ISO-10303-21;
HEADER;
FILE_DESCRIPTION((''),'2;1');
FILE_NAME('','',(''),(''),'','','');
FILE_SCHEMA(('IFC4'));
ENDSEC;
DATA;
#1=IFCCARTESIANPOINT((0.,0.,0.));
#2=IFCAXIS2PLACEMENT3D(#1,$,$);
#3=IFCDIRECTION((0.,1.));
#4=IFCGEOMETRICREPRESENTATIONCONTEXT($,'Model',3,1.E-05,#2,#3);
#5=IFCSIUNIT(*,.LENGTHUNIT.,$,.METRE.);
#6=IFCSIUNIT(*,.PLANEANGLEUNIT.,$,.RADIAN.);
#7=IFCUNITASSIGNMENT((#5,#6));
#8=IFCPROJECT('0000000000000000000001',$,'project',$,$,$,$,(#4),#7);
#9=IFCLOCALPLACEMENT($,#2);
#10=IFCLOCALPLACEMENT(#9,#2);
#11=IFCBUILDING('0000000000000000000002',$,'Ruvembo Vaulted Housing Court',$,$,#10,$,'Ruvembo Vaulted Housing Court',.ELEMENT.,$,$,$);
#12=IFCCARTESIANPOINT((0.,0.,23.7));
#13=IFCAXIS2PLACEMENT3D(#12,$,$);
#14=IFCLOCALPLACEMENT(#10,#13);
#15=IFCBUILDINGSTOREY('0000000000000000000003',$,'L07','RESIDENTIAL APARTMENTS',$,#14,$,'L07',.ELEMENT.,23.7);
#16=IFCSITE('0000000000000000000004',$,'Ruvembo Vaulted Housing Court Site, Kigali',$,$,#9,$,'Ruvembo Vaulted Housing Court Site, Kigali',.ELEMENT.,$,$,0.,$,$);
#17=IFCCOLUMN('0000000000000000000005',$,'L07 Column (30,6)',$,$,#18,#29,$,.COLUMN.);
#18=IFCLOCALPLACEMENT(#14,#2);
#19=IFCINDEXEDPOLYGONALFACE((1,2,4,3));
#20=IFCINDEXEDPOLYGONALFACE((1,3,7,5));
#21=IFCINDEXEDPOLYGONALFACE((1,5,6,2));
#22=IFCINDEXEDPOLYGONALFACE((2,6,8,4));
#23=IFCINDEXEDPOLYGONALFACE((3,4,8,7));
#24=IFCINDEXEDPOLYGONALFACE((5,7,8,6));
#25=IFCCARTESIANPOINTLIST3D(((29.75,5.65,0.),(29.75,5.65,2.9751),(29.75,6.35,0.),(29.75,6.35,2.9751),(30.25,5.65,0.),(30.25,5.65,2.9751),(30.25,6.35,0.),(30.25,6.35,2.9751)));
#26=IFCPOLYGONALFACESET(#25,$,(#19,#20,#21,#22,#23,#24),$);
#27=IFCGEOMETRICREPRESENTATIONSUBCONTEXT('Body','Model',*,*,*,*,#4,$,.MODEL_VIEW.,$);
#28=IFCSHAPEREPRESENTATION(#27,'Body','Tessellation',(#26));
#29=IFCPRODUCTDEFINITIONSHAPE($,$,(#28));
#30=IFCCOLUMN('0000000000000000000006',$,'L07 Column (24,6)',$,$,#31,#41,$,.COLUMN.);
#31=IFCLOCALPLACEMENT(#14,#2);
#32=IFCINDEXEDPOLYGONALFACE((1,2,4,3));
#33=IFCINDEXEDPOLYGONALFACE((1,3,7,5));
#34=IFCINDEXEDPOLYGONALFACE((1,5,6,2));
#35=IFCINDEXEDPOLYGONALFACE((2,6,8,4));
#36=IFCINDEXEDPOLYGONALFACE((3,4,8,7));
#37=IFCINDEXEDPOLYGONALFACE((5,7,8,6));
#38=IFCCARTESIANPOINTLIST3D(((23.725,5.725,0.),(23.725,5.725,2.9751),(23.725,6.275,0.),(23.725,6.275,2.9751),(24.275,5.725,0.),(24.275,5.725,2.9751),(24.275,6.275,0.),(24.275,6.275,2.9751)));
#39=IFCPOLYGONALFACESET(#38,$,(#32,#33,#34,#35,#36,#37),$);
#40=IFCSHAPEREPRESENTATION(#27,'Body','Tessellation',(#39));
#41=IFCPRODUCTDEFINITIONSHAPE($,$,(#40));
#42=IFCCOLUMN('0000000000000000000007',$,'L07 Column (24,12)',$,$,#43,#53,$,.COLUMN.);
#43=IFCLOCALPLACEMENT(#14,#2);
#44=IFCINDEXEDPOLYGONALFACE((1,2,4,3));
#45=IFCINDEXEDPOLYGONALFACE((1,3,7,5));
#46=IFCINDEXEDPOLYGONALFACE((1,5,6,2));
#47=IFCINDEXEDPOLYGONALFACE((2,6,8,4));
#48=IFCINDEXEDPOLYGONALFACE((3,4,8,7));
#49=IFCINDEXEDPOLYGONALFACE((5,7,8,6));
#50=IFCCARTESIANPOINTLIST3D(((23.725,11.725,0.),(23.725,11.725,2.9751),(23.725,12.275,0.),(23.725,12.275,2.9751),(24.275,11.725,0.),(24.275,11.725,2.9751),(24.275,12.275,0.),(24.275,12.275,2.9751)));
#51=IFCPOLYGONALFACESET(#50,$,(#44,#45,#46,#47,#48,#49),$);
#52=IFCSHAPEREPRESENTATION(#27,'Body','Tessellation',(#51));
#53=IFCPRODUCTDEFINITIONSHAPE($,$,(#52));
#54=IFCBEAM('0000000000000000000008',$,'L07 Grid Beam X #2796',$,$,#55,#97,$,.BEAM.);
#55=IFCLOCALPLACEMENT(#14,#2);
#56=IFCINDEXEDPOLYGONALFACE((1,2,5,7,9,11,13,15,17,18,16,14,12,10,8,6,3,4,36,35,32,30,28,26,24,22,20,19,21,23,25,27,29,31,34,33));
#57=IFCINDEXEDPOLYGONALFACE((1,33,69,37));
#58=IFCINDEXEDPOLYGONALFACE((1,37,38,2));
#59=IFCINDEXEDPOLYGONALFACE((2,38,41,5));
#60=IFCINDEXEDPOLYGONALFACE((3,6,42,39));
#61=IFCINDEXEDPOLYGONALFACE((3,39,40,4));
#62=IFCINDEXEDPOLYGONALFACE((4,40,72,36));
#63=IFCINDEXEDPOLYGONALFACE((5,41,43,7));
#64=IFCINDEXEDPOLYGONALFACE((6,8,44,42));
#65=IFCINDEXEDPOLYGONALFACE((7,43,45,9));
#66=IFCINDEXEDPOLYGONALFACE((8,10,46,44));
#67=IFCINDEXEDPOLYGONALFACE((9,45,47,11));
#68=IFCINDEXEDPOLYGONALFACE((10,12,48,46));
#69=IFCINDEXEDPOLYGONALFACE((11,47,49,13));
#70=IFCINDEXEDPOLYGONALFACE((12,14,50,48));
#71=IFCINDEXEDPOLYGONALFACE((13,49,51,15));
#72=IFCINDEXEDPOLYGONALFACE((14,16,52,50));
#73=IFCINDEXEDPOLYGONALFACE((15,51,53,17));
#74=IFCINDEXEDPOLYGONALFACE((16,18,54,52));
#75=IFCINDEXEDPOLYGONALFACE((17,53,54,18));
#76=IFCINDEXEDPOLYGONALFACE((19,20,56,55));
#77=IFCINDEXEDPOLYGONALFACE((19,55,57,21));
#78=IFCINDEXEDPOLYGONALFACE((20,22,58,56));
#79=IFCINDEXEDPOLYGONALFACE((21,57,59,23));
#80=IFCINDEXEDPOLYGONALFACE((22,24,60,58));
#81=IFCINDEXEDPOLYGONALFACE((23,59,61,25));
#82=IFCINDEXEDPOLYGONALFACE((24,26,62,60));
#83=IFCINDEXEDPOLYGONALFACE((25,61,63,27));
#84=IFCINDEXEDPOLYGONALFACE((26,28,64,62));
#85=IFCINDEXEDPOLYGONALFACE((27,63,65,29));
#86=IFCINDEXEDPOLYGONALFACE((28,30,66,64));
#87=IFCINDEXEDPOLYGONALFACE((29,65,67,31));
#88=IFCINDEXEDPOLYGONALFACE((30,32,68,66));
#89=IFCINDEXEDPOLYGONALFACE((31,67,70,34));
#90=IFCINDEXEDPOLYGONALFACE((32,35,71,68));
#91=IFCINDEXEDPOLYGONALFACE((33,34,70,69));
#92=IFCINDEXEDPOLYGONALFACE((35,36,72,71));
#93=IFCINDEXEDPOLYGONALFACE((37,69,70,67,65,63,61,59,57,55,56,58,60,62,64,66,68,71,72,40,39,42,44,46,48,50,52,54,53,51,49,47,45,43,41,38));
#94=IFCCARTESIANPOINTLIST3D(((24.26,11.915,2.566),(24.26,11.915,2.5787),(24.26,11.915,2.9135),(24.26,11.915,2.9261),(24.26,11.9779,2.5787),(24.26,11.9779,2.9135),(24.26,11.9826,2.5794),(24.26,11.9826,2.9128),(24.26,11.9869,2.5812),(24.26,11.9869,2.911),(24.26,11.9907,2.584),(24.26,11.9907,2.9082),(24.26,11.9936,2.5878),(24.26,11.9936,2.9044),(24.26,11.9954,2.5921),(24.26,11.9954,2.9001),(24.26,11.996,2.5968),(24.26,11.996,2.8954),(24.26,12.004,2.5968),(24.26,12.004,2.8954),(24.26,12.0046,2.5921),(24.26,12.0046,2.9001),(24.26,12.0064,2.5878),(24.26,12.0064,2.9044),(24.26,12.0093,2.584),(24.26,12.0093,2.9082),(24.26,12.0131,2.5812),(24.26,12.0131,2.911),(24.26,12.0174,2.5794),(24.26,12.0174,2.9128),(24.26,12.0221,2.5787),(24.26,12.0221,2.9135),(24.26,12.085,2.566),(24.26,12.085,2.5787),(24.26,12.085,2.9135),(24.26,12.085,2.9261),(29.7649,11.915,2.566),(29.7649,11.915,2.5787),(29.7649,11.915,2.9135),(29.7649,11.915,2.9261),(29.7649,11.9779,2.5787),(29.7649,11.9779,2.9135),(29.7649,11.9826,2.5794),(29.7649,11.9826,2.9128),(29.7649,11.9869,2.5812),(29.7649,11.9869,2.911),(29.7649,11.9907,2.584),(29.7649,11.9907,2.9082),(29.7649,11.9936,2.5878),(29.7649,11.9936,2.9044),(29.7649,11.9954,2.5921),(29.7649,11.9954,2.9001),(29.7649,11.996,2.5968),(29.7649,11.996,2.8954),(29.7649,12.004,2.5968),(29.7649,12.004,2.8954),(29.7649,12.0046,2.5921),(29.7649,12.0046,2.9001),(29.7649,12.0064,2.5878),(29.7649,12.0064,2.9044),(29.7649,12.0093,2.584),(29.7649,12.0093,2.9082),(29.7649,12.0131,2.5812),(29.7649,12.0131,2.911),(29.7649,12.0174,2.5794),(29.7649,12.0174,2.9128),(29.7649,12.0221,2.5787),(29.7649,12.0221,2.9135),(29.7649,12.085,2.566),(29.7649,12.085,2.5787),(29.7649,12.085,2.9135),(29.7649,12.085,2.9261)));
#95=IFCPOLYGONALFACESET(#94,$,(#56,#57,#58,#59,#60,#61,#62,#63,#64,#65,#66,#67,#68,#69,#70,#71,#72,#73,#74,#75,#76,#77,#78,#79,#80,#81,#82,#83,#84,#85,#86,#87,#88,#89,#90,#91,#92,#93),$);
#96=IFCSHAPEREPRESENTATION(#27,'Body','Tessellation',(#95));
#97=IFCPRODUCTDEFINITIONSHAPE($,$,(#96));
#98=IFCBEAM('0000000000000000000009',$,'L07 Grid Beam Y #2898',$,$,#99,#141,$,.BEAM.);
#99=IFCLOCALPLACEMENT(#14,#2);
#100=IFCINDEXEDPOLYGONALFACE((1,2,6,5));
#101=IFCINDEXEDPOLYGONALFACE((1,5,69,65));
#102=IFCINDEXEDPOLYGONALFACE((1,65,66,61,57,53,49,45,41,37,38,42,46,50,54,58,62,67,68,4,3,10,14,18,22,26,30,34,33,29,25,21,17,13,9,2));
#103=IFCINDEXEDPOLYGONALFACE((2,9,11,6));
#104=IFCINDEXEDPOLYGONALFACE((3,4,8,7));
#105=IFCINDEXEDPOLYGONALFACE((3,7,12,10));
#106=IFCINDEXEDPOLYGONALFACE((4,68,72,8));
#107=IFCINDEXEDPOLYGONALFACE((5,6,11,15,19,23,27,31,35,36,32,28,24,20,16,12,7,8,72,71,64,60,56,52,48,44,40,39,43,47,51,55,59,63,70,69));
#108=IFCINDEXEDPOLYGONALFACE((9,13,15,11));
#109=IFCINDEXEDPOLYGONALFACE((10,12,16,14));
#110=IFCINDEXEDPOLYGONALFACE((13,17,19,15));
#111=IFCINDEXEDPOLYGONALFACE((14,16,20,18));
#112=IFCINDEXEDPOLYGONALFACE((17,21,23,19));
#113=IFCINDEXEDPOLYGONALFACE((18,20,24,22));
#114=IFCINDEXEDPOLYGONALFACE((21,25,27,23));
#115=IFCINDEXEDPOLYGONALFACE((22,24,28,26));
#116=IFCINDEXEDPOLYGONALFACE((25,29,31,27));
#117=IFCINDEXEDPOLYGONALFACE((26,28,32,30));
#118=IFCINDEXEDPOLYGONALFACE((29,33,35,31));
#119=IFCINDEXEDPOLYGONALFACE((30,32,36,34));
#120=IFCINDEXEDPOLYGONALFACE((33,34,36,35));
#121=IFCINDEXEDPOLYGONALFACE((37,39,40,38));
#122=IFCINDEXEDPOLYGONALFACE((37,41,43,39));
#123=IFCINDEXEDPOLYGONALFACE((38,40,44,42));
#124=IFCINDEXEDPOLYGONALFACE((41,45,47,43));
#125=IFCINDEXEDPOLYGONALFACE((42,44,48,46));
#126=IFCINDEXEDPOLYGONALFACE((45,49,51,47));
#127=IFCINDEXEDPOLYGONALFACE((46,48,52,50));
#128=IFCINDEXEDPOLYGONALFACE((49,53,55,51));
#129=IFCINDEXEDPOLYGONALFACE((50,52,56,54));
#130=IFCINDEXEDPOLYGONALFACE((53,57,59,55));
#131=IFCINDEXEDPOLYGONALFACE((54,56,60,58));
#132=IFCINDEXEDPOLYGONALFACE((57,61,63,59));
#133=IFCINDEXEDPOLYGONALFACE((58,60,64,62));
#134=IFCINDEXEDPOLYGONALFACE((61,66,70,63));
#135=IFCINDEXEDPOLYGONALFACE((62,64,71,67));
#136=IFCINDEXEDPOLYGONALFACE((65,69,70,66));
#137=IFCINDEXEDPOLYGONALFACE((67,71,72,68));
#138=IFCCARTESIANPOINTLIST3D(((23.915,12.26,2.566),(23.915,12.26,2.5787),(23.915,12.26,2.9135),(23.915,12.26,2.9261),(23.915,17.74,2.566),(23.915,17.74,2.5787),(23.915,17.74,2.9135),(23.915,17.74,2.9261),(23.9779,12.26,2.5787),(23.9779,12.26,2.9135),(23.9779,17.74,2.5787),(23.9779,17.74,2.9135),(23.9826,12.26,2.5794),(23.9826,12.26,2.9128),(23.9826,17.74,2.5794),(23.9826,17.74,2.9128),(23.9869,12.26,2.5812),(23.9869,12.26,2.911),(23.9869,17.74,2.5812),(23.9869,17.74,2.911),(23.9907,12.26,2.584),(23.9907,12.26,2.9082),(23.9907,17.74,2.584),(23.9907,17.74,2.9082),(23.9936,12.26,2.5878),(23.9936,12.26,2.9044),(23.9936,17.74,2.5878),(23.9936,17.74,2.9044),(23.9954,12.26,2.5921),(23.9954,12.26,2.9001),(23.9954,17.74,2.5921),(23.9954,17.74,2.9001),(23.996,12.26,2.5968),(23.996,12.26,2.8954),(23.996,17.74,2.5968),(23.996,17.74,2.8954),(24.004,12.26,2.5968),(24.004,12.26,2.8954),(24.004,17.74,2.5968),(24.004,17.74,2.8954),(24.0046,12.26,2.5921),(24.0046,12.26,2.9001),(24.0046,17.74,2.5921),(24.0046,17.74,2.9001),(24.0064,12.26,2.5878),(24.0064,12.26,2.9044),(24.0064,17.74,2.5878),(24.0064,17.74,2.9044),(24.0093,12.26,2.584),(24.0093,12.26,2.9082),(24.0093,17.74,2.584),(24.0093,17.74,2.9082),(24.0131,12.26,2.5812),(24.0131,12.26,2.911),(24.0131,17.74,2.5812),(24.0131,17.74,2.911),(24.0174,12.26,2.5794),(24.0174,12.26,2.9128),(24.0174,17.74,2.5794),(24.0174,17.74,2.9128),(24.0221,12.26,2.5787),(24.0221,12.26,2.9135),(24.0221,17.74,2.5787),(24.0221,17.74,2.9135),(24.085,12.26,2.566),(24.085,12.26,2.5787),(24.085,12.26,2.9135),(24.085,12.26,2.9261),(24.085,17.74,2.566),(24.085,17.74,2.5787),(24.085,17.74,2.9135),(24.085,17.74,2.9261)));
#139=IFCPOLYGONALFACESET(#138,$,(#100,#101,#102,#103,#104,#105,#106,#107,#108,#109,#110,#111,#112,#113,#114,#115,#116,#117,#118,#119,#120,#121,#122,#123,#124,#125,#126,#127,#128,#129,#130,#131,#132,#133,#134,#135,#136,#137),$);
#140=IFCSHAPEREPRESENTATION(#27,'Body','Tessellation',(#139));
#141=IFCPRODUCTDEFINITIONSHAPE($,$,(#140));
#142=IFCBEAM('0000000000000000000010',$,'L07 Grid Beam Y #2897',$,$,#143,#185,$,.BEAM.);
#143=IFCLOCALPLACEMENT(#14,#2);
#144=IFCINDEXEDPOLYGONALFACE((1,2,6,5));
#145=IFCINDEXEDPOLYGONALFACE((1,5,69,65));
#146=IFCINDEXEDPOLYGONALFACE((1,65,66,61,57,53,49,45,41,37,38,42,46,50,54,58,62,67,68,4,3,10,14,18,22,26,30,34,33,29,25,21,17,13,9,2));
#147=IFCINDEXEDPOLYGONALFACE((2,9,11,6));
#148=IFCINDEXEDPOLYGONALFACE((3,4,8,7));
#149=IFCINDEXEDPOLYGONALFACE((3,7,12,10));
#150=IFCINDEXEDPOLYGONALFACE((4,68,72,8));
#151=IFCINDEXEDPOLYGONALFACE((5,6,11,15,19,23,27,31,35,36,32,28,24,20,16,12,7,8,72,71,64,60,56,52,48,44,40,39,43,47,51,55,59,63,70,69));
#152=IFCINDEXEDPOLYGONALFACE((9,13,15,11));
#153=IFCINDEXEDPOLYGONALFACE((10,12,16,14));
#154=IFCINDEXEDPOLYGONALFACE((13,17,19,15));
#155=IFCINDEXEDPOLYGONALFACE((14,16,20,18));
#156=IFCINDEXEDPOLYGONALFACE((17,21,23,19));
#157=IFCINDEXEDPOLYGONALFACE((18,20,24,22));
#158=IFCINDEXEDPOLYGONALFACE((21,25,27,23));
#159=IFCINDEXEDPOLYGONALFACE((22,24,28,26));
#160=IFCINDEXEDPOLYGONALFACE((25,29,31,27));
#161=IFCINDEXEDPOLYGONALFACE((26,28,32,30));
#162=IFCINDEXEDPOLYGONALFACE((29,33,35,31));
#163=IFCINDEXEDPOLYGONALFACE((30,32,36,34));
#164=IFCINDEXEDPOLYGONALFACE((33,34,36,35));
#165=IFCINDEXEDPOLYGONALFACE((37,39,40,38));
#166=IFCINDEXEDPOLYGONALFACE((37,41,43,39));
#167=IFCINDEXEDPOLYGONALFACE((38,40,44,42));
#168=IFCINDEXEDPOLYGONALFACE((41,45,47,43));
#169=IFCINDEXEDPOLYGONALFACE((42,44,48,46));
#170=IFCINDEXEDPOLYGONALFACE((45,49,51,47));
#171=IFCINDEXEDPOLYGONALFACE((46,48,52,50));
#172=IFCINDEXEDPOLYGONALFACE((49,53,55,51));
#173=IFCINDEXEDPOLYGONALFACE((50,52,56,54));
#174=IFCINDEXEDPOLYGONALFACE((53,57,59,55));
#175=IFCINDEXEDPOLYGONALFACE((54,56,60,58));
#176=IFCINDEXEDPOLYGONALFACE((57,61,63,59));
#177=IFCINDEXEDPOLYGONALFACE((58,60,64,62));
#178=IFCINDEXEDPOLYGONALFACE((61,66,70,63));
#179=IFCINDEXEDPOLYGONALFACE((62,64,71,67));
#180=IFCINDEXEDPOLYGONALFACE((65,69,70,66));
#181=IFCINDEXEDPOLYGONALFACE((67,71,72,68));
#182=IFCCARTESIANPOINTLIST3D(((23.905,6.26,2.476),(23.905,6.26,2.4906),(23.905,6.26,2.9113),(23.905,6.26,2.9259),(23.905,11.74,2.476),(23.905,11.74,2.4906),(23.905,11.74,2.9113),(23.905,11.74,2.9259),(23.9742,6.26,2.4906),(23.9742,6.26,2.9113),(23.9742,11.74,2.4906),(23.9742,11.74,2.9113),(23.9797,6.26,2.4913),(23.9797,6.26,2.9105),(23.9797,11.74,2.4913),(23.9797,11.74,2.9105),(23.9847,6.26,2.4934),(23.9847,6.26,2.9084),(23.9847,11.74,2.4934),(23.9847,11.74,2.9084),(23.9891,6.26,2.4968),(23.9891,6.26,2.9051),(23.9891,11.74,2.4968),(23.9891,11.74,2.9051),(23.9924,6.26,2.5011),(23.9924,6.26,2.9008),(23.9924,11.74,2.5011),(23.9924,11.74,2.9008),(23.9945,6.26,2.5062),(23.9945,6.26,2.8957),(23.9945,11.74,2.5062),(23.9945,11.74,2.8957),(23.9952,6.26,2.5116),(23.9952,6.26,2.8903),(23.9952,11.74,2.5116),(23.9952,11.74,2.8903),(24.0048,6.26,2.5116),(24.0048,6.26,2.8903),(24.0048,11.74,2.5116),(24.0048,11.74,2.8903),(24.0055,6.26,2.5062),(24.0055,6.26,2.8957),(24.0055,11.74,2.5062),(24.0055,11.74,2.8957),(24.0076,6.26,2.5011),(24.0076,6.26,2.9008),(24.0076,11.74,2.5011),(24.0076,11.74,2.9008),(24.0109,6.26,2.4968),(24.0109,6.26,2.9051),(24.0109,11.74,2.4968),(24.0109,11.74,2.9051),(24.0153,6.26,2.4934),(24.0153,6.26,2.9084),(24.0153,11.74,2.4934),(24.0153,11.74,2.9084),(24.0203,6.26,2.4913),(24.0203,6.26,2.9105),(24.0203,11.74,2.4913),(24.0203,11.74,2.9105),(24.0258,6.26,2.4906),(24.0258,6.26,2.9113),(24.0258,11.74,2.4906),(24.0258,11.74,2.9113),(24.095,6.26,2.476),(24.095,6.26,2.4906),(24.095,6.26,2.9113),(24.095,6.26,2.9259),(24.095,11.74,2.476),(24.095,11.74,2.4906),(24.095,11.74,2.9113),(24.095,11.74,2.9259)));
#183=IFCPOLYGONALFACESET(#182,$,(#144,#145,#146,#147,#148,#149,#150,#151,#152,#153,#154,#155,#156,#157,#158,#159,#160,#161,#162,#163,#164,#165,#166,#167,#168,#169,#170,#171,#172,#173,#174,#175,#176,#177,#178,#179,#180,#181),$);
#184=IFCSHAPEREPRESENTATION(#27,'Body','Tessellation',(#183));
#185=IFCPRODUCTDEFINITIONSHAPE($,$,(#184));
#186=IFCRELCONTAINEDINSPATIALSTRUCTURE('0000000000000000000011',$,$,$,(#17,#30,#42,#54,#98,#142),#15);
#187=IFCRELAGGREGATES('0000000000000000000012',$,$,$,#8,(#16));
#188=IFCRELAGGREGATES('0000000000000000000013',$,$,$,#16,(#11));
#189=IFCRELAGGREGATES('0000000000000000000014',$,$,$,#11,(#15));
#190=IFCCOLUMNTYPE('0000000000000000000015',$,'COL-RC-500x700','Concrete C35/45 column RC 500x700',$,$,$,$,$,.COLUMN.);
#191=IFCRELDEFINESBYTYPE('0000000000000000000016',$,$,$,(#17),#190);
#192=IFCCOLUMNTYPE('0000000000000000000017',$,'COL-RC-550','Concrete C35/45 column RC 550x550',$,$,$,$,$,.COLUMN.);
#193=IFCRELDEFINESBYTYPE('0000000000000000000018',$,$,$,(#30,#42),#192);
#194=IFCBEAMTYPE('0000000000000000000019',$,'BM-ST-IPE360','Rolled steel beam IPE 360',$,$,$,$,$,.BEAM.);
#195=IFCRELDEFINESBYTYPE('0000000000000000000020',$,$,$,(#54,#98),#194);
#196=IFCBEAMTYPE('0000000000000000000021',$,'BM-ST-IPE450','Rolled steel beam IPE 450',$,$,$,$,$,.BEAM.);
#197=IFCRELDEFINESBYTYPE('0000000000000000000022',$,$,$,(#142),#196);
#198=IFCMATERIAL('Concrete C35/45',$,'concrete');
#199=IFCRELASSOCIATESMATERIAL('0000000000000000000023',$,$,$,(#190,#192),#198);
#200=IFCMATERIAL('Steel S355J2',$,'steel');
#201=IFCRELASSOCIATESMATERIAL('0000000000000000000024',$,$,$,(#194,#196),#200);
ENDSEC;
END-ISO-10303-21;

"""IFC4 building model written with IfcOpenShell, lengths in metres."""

from ifc_helpers import new_model, si_unit, direction, frame, origin, origin_2d, place, context, subcontext, project, spatial, rectangle, i_section, extrude, material, material_profile, profile_set, type_object, element, save


model = new_model("IFC4")

# Units and contexts
model_context = context("Model", 3, precision=1e-05, world=origin(), true_north=direction((0.0, 1.0)))
body_context = subcontext(model_context, "Body", "Model", "MODEL_VIEW")
ifc_project = project(units=[si_unit("LENGTHUNIT", "METRE"), si_unit("PLANEANGLEUNIT", "RADIAN")], contexts=[model_context])

# Site, building, storey
site_placement = place(None, origin())
site = spatial("IfcSite", under=ifc_project, at=site_placement, Name="Ruvembo Vaulted Housing Court Site, Kigali", LongName="Ruvembo Vaulted Housing Court Site, Kigali", CompositionType="ELEMENT", RefElevation=0.0)
building_placement = place(site_placement, origin())
building = spatial("IfcBuilding", under=site, at=building_placement, Name="Ruvembo Vaulted Housing Court", LongName="Ruvembo Vaulted Housing Court", CompositionType="ELEMENT")
storey_placement = place(building_placement, frame((0.0, 0.0, 23.7)))
storey = spatial("IfcBuildingStorey", under=building, at=storey_placement, Name="L07", Description="RESIDENTIAL APARTMENTS", LongName="L07", CompositionType="ELEMENT", Elevation=23.7)

# Columns
ifc_material_1 = material(Name="Concrete C35/45", Category="concrete")
ifc_material_profile_1 = material_profile(ifc_material_1, rectangle(XDim=0.5, YDim=0.7, at=origin_2d()), Name="RC 500x700")
ifc_profile_set_1 = profile_set([ifc_material_profile_1], Name="Concrete C35/45")
column_type_1 = type_object("IfcColumnType", Name="COL-RC-500x700", Description="Concrete C35/45 column RC 500x700", PredefinedType="COLUMN", material=ifc_profile_set_1)
column_placement = place(storey_placement, frame((30.0, 6.0, 0.0), z_axis=(0.0, 0.0, 1.0), x_axis=(1.0, 0.0, 0.0)))
element("IfcColumn", 1, at=column_placement, inside=storey, type_object=column_type_1, Name="L07 Column (30,6)", PredefinedType="COLUMN", context=body_context, shape_type="SweptSolid", body=[
    extrude(rectangle(XDim=0.5, YDim=0.7, at=origin_2d()), origin(), (0.0, 0.0, 1.0), 2.9751),
])
ifc_material_profile_2 = material_profile(ifc_material_1, rectangle(XDim=0.55, YDim=0.55, at=origin_2d()), Name="RC 550x550")
ifc_profile_set_2 = profile_set([ifc_material_profile_2], Name="Concrete C35/45")
column_type_2 = type_object("IfcColumnType", Name="COL-RC-550", Description="Concrete C35/45 column RC 550x550", PredefinedType="COLUMN", material=ifc_profile_set_2)
for number, where, z_axis, x_axis, name in (
    (2, (24.0, 6.0, 0.0), (0.0, 0.0, 1.0), (1.0, 0.0, 0.0), "L07 Column (24,6)"),
    (3, (24.0, 12.0, 0.0), (0.0, 0.0, 1.0), (1.0, 0.0, 0.0), "L07 Column (24,12)"),
):
    element("IfcColumn", number, at=place(storey_placement, frame(where, z_axis=z_axis, x_axis=x_axis)), inside=storey, type_object=column_type_2, Name=name, PredefinedType="COLUMN", context=body_context, shape_type="SweptSolid", body=[
        extrude(rectangle(XDim=0.55, YDim=0.55, at=origin_2d()), origin(), (0.0, 0.0, 1.0), 2.9751),
    ])

# Beams
ifc_material_2 = material(Name="Steel S355J2", Category="steel")
ifc_material_profile_3 = material_profile(ifc_material_2, i_section(OverallWidth=0.1699, OverallDepth=0.3601, WebThickness=0.0081, FlangeThickness=0.0127, FilletRadius=0.0181, at=origin_2d()), Name="IPE 360")
ifc_profile_set_3 = profile_set([ifc_material_profile_3], Name="Steel S355J2")
beam_type_1 = type_object("IfcBeamType", Name="BM-ST-IPE360", Description="Rolled steel beam IPE 360", PredefinedType="BEAM", material=ifc_profile_set_3)
beam_1_placement = place(storey_placement, frame((24.26, 12.0, 2.7461), z_axis=(1.0, 0.0, 0.0), x_axis=(0.0, 1.0, 0.0)))
element("IfcBeam", 4, at=beam_1_placement, inside=storey, type_object=beam_type_1, Name="L07 Grid Beam X #2796", PredefinedType="BEAM", context=body_context, shape_type="SweptSolid", body=[
    extrude(i_section(OverallWidth=0.1699, OverallDepth=0.3601, WebThickness=0.0081, FlangeThickness=0.0127, FilletRadius=0.0181, at=origin_2d()), origin(), (0.0, 0.0, 1.0), 5.5049),
])
beam_2_placement = place(storey_placement, frame((24.0, 12.26, 2.7461), z_axis=(0.0, 1.0, 0.0), x_axis=(-1.0, 0.0, 0.0)))
element("IfcBeam", 5, at=beam_2_placement, inside=storey, type_object=beam_type_1, Name="L07 Grid Beam Y #2898", PredefinedType="BEAM", context=body_context, shape_type="SweptSolid", body=[
    extrude(i_section(OverallWidth=0.1699, OverallDepth=0.3601, WebThickness=0.0081, FlangeThickness=0.0127, FilletRadius=0.0181, at=origin_2d()), origin(), (0.0, 0.0, 1.0), 5.48),
])
ifc_material_profile_4 = material_profile(ifc_material_2, i_section(OverallWidth=0.1899, OverallDepth=0.45, WebThickness=0.0095, FlangeThickness=0.0146, FilletRadius=0.021, at=origin_2d()), Name="IPE 450")
ifc_profile_set_4 = profile_set([ifc_material_profile_4], Name="Steel S355J2")
beam_type_2 = type_object("IfcBeamType", Name="BM-ST-IPE450", Description="Rolled steel beam IPE 450", PredefinedType="BEAM", material=ifc_profile_set_4)
beam_3_placement = place(storey_placement, frame((24.0, 6.26, 2.7009), z_axis=(0.0, 1.0, 0.0), x_axis=(-1.0, 0.0, 0.0)))
element("IfcBeam", 6, at=beam_3_placement, inside=storey, type_object=beam_type_2, Name="L07 Grid Beam Y #2897", PredefinedType="BEAM", context=body_context, shape_type="SweptSolid", body=[
    extrude(i_section(OverallWidth=0.1899, OverallDepth=0.45, WebThickness=0.0095, FlangeThickness=0.0146, FilletRadius=0.021, at=origin_2d()), origin(), (0.0, 0.0, 1.0), 5.48),
])

save(model, "model.ifc")
